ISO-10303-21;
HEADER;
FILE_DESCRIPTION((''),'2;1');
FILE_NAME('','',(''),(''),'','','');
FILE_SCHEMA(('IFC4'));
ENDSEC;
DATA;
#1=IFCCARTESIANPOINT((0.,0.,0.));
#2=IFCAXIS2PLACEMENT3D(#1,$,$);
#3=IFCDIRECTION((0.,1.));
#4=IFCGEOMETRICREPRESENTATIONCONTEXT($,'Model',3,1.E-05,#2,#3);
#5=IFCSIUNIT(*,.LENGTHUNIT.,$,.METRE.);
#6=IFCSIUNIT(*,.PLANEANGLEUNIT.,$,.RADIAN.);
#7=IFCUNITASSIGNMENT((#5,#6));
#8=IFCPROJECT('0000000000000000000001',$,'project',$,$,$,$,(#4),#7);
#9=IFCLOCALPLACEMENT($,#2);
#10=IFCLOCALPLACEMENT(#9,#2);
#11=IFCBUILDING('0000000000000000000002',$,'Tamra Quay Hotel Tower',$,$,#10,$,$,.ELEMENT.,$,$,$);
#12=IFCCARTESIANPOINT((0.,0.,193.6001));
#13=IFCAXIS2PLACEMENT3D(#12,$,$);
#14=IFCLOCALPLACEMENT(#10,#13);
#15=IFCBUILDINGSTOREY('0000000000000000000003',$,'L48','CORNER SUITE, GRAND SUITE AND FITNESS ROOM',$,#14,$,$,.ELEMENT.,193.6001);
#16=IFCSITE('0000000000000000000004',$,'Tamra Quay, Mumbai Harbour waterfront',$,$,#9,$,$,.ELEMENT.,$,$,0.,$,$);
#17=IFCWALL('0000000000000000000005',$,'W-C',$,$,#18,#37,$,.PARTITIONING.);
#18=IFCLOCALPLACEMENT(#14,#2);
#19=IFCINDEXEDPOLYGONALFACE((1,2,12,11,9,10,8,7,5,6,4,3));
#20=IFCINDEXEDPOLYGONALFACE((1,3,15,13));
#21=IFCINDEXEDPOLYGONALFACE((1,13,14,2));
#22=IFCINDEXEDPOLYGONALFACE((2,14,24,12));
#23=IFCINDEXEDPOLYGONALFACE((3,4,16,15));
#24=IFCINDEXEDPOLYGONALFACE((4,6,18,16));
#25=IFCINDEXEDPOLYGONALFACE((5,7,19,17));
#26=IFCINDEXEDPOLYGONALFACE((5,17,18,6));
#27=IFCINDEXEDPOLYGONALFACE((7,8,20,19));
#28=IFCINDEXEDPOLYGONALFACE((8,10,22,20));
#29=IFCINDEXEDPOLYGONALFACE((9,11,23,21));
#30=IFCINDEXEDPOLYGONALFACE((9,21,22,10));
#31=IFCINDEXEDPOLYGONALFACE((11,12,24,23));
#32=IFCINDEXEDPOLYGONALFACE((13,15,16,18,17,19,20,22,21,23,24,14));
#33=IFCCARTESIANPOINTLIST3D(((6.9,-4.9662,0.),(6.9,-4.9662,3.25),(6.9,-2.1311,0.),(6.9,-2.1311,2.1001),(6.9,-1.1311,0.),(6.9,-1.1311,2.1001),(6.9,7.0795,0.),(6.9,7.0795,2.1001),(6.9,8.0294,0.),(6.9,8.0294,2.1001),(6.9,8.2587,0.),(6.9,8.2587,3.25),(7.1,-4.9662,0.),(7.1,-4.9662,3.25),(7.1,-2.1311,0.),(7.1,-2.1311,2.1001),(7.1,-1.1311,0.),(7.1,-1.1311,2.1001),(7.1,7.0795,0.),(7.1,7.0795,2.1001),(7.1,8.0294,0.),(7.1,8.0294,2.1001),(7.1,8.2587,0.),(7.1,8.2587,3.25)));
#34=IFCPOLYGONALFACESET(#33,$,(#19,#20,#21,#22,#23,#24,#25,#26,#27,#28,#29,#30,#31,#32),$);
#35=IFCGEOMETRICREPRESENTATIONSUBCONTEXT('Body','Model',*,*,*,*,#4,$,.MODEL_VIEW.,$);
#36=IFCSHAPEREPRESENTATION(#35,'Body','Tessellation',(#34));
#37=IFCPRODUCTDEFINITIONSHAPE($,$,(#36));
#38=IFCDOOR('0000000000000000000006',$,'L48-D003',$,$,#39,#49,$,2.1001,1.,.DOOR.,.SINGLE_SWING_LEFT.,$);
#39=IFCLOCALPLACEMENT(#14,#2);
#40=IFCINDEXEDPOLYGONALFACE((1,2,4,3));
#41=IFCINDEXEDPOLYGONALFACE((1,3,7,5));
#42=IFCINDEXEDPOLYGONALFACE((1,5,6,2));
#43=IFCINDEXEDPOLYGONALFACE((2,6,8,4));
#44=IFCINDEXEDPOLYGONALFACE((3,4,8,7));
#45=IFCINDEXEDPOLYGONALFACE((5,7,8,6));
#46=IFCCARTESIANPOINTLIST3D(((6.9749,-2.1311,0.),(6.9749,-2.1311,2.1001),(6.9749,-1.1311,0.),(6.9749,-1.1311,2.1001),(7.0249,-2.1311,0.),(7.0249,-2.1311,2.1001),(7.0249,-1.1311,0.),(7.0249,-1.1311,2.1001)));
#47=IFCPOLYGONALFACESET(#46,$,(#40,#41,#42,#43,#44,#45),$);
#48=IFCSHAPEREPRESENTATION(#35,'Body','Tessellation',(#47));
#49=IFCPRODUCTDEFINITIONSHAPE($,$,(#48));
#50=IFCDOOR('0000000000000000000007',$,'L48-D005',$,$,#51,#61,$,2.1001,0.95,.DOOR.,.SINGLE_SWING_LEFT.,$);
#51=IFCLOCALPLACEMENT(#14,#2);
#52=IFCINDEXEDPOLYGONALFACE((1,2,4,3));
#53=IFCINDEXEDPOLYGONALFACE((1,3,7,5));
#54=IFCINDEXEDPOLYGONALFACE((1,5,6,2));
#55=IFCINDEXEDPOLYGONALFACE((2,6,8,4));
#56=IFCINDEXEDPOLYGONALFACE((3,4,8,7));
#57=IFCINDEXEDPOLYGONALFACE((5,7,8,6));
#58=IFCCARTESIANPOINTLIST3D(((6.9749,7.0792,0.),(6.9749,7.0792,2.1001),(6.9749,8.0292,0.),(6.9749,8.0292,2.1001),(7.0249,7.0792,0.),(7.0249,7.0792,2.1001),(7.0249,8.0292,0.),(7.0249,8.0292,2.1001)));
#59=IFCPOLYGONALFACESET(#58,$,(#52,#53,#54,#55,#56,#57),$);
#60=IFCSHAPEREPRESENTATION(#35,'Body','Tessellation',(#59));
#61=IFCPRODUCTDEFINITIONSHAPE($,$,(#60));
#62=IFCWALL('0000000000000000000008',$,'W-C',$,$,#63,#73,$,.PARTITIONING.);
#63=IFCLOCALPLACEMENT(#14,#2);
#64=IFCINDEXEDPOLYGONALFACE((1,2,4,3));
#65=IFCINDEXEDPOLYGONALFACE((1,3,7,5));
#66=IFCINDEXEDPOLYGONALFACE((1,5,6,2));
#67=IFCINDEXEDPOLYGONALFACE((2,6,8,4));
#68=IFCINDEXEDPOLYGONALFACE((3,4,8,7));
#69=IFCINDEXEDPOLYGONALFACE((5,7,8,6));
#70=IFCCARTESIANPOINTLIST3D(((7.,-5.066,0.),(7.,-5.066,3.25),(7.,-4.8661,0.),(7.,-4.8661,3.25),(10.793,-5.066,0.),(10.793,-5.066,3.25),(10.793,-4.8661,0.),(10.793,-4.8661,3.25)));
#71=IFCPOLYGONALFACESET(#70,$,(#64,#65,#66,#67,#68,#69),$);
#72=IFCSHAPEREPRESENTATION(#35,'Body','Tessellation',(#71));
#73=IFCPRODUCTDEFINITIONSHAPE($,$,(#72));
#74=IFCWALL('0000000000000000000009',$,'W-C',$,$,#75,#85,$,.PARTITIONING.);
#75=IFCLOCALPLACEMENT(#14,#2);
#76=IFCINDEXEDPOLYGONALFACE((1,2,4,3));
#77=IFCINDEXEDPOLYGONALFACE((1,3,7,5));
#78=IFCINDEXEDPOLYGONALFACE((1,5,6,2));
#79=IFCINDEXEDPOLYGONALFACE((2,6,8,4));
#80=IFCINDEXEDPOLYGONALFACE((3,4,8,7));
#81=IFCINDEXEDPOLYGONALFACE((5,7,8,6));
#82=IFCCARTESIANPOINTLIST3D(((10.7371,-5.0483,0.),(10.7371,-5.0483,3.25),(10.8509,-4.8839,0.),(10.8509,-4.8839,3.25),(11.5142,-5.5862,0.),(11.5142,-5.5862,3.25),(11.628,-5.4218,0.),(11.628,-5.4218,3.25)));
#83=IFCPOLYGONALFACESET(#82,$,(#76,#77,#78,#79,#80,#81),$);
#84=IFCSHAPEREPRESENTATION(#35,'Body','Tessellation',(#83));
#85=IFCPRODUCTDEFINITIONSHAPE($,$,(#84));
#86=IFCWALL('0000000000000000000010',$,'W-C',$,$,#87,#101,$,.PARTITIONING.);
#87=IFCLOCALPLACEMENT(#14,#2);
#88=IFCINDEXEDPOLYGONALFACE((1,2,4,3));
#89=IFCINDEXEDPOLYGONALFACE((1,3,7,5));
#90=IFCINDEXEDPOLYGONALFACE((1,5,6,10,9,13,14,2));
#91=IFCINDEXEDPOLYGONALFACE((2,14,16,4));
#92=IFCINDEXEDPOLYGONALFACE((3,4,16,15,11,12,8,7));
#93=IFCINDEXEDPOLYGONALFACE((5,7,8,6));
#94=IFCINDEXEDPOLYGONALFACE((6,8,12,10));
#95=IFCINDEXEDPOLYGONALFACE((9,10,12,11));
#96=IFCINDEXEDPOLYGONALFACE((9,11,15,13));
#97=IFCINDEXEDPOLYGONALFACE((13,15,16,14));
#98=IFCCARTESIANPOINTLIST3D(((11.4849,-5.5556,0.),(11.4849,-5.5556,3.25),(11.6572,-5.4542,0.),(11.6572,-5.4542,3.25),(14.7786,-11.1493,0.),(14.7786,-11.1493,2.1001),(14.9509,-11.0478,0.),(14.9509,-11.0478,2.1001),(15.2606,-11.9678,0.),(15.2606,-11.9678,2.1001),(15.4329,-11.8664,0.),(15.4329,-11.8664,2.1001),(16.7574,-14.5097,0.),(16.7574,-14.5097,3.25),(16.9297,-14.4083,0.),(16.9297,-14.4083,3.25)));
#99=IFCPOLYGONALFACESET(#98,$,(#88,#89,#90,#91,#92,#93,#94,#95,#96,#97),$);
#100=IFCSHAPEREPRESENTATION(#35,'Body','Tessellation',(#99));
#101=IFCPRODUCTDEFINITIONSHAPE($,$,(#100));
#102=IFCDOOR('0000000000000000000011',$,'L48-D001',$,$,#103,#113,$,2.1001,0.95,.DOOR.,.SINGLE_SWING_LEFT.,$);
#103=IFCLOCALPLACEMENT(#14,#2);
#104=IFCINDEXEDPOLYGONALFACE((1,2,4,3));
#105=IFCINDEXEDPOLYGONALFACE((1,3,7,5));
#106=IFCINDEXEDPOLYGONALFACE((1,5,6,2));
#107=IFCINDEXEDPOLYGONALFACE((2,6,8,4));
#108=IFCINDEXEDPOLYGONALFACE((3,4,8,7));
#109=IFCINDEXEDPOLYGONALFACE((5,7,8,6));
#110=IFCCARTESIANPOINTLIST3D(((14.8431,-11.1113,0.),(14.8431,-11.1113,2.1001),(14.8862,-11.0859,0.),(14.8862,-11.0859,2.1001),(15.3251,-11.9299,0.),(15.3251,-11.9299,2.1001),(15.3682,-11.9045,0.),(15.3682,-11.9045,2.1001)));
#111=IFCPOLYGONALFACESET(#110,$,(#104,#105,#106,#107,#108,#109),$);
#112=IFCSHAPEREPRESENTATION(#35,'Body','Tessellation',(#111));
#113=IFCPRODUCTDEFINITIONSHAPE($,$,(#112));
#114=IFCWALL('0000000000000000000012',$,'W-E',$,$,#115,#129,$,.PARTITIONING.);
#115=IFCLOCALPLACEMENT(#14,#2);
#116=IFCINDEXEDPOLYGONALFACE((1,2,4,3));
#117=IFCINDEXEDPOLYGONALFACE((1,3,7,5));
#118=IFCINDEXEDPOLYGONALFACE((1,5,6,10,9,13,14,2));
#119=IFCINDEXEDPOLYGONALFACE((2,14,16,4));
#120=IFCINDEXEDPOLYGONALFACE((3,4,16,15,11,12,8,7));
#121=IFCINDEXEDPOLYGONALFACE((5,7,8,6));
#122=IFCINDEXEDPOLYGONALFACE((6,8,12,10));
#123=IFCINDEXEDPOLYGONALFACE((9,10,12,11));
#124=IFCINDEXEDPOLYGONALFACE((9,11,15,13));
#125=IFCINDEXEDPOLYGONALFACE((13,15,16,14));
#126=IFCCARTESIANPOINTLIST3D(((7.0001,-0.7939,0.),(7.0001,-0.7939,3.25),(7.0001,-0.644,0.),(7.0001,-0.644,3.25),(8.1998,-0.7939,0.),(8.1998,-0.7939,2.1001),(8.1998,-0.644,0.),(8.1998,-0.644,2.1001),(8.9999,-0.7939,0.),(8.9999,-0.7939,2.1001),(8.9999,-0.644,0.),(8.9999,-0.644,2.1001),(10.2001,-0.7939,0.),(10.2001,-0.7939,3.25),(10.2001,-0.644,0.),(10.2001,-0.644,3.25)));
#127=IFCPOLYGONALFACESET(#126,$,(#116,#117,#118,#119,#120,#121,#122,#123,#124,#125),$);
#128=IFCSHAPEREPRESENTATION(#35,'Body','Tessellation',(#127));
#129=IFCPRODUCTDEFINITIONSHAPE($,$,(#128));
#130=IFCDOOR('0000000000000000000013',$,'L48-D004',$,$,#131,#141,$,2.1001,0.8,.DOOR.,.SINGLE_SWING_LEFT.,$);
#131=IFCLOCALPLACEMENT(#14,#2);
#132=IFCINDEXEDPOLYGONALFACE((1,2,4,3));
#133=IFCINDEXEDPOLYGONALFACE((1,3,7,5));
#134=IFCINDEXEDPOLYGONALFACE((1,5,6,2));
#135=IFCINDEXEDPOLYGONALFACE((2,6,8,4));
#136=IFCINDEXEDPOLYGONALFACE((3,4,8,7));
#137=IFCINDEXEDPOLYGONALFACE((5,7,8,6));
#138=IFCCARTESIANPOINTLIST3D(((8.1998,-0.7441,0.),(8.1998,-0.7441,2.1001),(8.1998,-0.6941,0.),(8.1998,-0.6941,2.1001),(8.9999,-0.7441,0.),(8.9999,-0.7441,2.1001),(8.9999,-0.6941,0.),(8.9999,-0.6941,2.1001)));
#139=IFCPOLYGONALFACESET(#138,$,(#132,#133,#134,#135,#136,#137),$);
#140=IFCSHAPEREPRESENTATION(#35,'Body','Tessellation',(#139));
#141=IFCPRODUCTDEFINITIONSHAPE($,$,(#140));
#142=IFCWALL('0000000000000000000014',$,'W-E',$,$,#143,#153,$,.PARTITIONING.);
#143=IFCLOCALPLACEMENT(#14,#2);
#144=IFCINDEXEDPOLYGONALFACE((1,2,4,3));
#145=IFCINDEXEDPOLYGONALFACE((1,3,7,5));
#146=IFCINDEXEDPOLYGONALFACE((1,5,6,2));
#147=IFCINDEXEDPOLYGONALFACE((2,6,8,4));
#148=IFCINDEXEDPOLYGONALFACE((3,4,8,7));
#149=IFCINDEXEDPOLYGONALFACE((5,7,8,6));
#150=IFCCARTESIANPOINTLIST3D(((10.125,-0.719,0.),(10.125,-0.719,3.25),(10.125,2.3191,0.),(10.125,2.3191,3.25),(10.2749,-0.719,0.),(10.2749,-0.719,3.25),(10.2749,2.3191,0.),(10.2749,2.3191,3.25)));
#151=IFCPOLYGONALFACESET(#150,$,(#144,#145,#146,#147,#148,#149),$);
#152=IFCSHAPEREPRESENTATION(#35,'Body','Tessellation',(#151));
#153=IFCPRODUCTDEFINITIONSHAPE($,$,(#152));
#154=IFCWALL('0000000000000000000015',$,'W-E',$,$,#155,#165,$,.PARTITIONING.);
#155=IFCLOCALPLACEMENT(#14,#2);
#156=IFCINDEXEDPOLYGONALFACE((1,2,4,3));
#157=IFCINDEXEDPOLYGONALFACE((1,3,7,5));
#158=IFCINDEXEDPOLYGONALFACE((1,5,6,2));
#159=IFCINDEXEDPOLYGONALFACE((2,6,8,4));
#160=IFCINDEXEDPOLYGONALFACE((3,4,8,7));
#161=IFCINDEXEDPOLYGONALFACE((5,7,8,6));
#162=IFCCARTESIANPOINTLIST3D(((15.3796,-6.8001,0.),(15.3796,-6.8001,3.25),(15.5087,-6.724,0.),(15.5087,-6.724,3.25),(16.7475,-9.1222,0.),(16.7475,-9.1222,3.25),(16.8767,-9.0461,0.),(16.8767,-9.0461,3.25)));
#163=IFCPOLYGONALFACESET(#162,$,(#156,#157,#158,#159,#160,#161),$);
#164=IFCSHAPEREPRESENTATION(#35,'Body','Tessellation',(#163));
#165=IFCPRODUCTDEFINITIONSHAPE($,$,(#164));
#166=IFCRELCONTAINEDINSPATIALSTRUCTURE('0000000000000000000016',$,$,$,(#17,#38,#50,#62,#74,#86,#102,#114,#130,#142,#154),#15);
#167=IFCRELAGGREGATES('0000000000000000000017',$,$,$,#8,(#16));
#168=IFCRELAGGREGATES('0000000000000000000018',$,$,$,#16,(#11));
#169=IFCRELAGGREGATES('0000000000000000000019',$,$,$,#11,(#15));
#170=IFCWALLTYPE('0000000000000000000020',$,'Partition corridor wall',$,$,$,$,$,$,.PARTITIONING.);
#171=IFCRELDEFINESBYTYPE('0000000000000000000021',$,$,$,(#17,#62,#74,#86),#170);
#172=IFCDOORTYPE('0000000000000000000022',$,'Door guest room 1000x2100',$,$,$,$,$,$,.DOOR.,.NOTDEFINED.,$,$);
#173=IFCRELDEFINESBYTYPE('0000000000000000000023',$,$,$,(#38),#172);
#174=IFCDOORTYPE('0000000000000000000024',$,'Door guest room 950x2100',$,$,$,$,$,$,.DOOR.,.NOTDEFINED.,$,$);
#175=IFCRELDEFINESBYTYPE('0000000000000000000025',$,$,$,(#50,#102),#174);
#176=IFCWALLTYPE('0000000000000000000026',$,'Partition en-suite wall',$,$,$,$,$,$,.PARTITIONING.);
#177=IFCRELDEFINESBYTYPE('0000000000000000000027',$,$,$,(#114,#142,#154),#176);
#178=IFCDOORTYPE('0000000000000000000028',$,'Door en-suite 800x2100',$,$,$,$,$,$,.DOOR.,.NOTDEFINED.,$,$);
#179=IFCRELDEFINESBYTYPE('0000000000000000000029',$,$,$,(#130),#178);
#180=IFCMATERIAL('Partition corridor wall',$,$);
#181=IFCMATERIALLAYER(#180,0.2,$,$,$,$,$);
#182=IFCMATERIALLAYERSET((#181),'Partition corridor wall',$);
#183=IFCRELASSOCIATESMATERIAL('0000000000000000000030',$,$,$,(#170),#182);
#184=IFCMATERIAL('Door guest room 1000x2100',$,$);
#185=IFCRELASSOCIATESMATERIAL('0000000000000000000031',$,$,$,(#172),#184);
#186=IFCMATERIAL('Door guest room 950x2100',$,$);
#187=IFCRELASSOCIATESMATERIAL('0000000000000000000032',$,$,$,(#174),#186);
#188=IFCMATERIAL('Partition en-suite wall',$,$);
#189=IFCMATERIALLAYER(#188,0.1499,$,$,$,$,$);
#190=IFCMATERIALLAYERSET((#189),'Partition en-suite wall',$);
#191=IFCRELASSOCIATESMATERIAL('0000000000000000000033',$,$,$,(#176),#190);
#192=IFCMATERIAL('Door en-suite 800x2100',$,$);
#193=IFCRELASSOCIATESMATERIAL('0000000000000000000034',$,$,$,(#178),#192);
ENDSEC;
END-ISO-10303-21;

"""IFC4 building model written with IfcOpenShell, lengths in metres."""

from ifc_helpers import new_model, si_unit, direction, frame, frame_2d, origin, place, context, subcontext, project, spatial, rectangle, extrude, material, layer, layer_set, type_object, element, fill, save


model = new_model("IFC4")

# Units and contexts
model_context = context("Model", 3, precision=1e-05, world=origin(), true_north=direction((0.0, 1.0)))
body_context = subcontext(model_context, "Body", "Model", "MODEL_VIEW")
ifc_project = project(units=[si_unit("LENGTHUNIT", "METRE"), si_unit("PLANEANGLEUNIT", "RADIAN")], contexts=[model_context])

# Site, building, storey
site_placement = place(None, origin())
site = spatial("IfcSite", under=ifc_project, at=site_placement, Name="Tamra Quay, Mumbai Harbour waterfront", CompositionType="ELEMENT", RefElevation=0.0)
building_placement = place(site_placement, origin())
building = spatial("IfcBuilding", under=site, at=building_placement, Name="Tamra Quay Hotel Tower", CompositionType="ELEMENT")
storey_placement = place(building_placement, frame((0.0, 0.0, 193.6001)))
storey = spatial("IfcBuildingStorey", under=building, at=storey_placement, Name="L48", Description="CORNER SUITE, GRAND SUITE AND FITNESS ROOM", CompositionType="ELEMENT", Elevation=193.6001)

# Wall, openings, doors
ifc_material_1 = material(Name="Partition corridor wall")
ifc_layer_1 = layer(ifc_material_1, 0.2)
ifc_layer_set_1 = layer_set([ifc_layer_1], Name="Partition corridor wall")
wall_type_1 = type_object("IfcWallType", Name="Partition corridor wall", PredefinedType="PARTITIONING", material=ifc_layer_set_1)
wall_1_placement = place(storey_placement, frame((7.0, -4.9661, 0.0), z_axis=(0.0, 0.0, 1.0), x_axis=(0.0, 1.0, 0.0)))
wall_1 = element("IfcWall", 1, at=wall_1_placement, inside=storey, type_object=wall_type_1, Name="W-C", PredefinedType="PARTITIONING", context=body_context, shape_type="SweptSolid", body=[
    extrude(rectangle(XDim=13.2249, YDim=0.2, at=frame_2d((6.6123, 0.0))), origin(), (0.0, 0.0, 1.0), 3.25),
])
opening_1_placement = place(wall_1_placement, frame((2.835, 0.0, 0.0)))
opening_1 = element("IfcOpeningElement", 2, at=opening_1_placement, cuts=wall_1, PredefinedType="OPENING", context=body_context, shape_type="SweptSolid", body=[
    extrude(rectangle(XDim=1.0, YDim=2.1001, at=frame_2d((0.5, 1.05))), frame((0.0, 0.1099, 0.0), z_axis=(0.0, -1.0, 0.0), x_axis=(1.0, 0.0, 0.0)), (0.0, 0.0, 1.0), 0.22),
])
opening_2_placement = place(wall_1_placement, frame((12.0454, 0.0, 0.0)))
opening_2 = element("IfcOpeningElement", 3, at=opening_2_placement, cuts=wall_1, PredefinedType="OPENING", context=body_context, shape_type="SweptSolid", body=[
    extrude(rectangle(XDim=0.95, YDim=2.1001, at=frame_2d((0.4751, 1.05))), frame((0.0, 0.1099, 0.0), z_axis=(0.0, -1.0, 0.0), x_axis=(1.0, 0.0, 0.0)), (0.0, 0.0, 1.0), 0.22),
])
ifc_material_2 = material(Name="Door guest room 1000x2100")
door_type_1 = type_object("IfcDoorType", Name="Door guest room 1000x2100", OperationType="NOTDEFINED", PredefinedType="DOOR", material=ifc_material_2)
door_1_placement = place(opening_1_placement, frame((1.0, 0.0, 0.0), z_axis=(0.0, 0.0, 1.0), x_axis=(-1.0, 0.0, 0.0)))
door_1 = element("IfcDoor", 4, at=door_1_placement, inside=storey, type_object=door_type_1, Name="L48-D003", OperationType="SINGLE_SWING_LEFT", OverallHeight=2.1001, OverallWidth=1.0, PredefinedType="DOOR", context=body_context, shape_type="SweptSolid", body=[
    extrude(rectangle(XDim=1.0, YDim=2.1001, at=frame_2d((0.5, 1.05))), frame((0.0, 0.0249, 0.0), z_axis=(0.0, -1.0, 0.0), x_axis=(1.0, 0.0, 0.0)), (0.0, 0.0, 1.0), 0.05),
])
fill(opening_1, door_1)
ifc_material_3 = material(Name="Door guest room 950x2100")
door_type_2 = type_object("IfcDoorType", Name="Door guest room 950x2100", OperationType="NOTDEFINED", PredefinedType="DOOR", material=ifc_material_3)
door_2_placement = place(opening_2_placement, frame((0.95, 0.0, 0.0), z_axis=(0.0, 0.0, 1.0), x_axis=(-1.0, 0.0, 0.0)))
door_2 = element("IfcDoor", 5, at=door_2_placement, inside=storey, type_object=door_type_2, Name="L48-D005", OperationType="SINGLE_SWING_LEFT", OverallHeight=2.1001, OverallWidth=0.95, PredefinedType="DOOR", context=body_context, shape_type="SweptSolid", body=[
    extrude(rectangle(XDim=0.95, YDim=2.1001, at=frame_2d((0.4751, 1.05))), frame((0.0, 0.0249, 0.0), z_axis=(0.0, -1.0, 0.0), x_axis=(1.0, 0.0, 0.0)), (0.0, 0.0, 1.0), 0.05),
])
fill(opening_2, door_2)

# Walls
wall_2_placement = place(storey_placement, frame((7.0, -4.9661, 0.0), z_axis=(0.0, 0.0, 1.0), x_axis=(1.0, 0.0, 0.0)))
element("IfcWall", 6, at=wall_2_placement, inside=storey, type_object=wall_type_1, Name="W-C", PredefinedType="PARTITIONING", context=body_context, shape_type="SweptSolid", body=[
    extrude(rectangle(XDim=3.793, YDim=0.2, at=frame_2d((1.8965, 0.0))), origin(), (0.0, 0.0, 1.0), 3.25),
])
wall_3_placement = place(storey_placement, frame((10.7939, -4.9661, 0.0), z_axis=(0.0, 0.0, 1.0), x_axis=(0.822267, -0.569103, 0.0)))
element("IfcWall", 7, at=wall_3_placement, inside=storey, type_object=wall_type_1, Name="W-C", PredefinedType="PARTITIONING", context=body_context, shape_type="SweptSolid", body=[
    extrude(rectangle(XDim=0.9451, YDim=0.2, at=frame_2d((0.4727, 0.0))), origin(), (0.0, 0.0, 1.0), 3.25),
])

# Walls, openings, doors
wall_4_placement = place(storey_placement, frame((11.571, -5.5049, 0.0), z_axis=(0.0, 0.0, 1.0), x_axis=(0.507402, -0.861709, 0.0)))
wall_4 = element("IfcWall", 8, at=wall_4_placement, inside=storey, type_object=wall_type_1, Name="W-C", PredefinedType="PARTITIONING", context=body_context, shape_type="SweptSolid", body=[
    extrude(rectangle(XDim=10.3911, YDim=0.2, at=frame_2d((5.1956, 0.0))), origin(), (0.0, 0.0, 1.0), 3.25),
])
opening_3_placement = place(wall_4_placement, frame((6.4912, 0.0, 0.0)))
opening_3 = element("IfcOpeningElement", 9, at=opening_3_placement, cuts=wall_4, PredefinedType="OPENING", context=body_context, shape_type="SweptSolid", body=[
    extrude(rectangle(XDim=0.95, YDim=2.1001, at=frame_2d((0.4751, 1.05))), frame((0.0, 0.1099, 0.0), z_axis=(0.0, -1.0, 0.0), x_axis=(1.0, 0.0, 0.0)), (0.0, 0.0, 1.0), 0.22),
])
door_3_placement = place(opening_3_placement, origin())
door_3 = element("IfcDoor", 10, at=door_3_placement, inside=storey, type_object=door_type_2, Name="L48-D001", OperationType="SINGLE_SWING_LEFT", OverallHeight=2.1001, OverallWidth=0.95, PredefinedType="DOOR", context=body_context, shape_type="SweptSolid", body=[
    extrude(rectangle(XDim=0.95, YDim=2.1001, at=frame_2d((0.4751, 1.05))), frame((0.0, 0.0249, 0.0), z_axis=(0.0, -1.0, 0.0), x_axis=(1.0, 0.0, 0.0)), (0.0, 0.0, 1.0), 0.05),
])
fill(opening_3, door_3)
ifc_material_4 = material(Name="Partition en-suite wall")
ifc_layer_2 = layer(ifc_material_4, 0.1499)
ifc_layer_set_2 = layer_set([ifc_layer_2], Name="Partition en-suite wall")
wall_type_2 = type_object("IfcWallType", Name="Partition en-suite wall", PredefinedType="PARTITIONING", material=ifc_layer_set_2)
wall_5_placement = place(storey_placement, frame((7.0, -0.719, 0.0), z_axis=(0.0, 0.0, 1.0), x_axis=(1.0, 0.0, 0.0)))
wall_5 = element("IfcWall", 11, at=wall_5_placement, inside=storey, type_object=wall_type_2, Name="W-E", PredefinedType="PARTITIONING", context=body_context, shape_type="SweptSolid", body=[
    extrude(rectangle(XDim=3.2, YDim=0.1499, at=frame_2d((1.6001, 0.0))), origin(), (0.0, 0.0, 1.0), 3.25),
])
opening_4_placement = place(wall_5_placement, frame((1.2, 0.0, 0.0)))
opening_4 = element("IfcOpeningElement", 12, at=opening_4_placement, cuts=wall_5, PredefinedType="OPENING", context=body_context, shape_type="SweptSolid", body=[
    extrude(rectangle(XDim=0.8, YDim=2.1001, at=frame_2d((0.3999, 1.05))), frame((0.0, 0.085, 0.0), z_axis=(0.0, -1.0, 0.0), x_axis=(1.0, 0.0, 0.0)), (0.0, 0.0, 1.0), 0.1699),
])
ifc_material_5 = material(Name="Door en-suite 800x2100")
door_type_3 = type_object("IfcDoorType", Name="Door en-suite 800x2100", OperationType="NOTDEFINED", PredefinedType="DOOR", material=ifc_material_5)
door_4_placement = place(opening_4_placement, origin())
door_4 = element("IfcDoor", 13, at=door_4_placement, inside=storey, type_object=door_type_3, Name="L48-D004", OperationType="SINGLE_SWING_LEFT", OverallHeight=2.1001, OverallWidth=0.8, PredefinedType="DOOR", context=body_context, shape_type="SweptSolid", body=[
    extrude(rectangle(XDim=0.8, YDim=2.1001, at=frame_2d((0.3999, 1.05))), frame((0.0, 0.0249, 0.0), z_axis=(0.0, -1.0, 0.0), x_axis=(1.0, 0.0, 0.0)), (0.0, 0.0, 1.0), 0.05),
])
fill(opening_4, door_4)

# Walls
wall_6_placement = place(storey_placement, frame((10.2, -0.719, 0.0), z_axis=(0.0, 0.0, 1.0), x_axis=(0.0, 1.0, 0.0)))
element("IfcWall", 14, at=wall_6_placement, inside=storey, type_object=wall_type_2, Name="W-E", PredefinedType="PARTITIONING", context=body_context, shape_type="SweptSolid", body=[
    extrude(rectangle(XDim=3.0381, YDim=0.1499, at=frame_2d((1.519, 0.0))), origin(), (0.0, 0.0, 1.0), 3.25),
])
wall_7_placement = place(storey_placement, frame((15.4441, -6.762, 0.0), z_axis=(0.0, 0.0, 1.0), x_axis=(0.507578, -0.861606, 0.0)))
element("IfcWall", 15, at=wall_7_placement, inside=storey, type_object=wall_type_2, Name="W-E", PredefinedType="PARTITIONING", context=body_context, shape_type="SweptSolid", body=[
    extrude(rectangle(XDim=2.6951, YDim=0.1499, at=frame_2d((1.3477, 0.0))), origin(), (0.0, 0.0, 1.0), 3.25),
])

save(model, "model.ifc")
